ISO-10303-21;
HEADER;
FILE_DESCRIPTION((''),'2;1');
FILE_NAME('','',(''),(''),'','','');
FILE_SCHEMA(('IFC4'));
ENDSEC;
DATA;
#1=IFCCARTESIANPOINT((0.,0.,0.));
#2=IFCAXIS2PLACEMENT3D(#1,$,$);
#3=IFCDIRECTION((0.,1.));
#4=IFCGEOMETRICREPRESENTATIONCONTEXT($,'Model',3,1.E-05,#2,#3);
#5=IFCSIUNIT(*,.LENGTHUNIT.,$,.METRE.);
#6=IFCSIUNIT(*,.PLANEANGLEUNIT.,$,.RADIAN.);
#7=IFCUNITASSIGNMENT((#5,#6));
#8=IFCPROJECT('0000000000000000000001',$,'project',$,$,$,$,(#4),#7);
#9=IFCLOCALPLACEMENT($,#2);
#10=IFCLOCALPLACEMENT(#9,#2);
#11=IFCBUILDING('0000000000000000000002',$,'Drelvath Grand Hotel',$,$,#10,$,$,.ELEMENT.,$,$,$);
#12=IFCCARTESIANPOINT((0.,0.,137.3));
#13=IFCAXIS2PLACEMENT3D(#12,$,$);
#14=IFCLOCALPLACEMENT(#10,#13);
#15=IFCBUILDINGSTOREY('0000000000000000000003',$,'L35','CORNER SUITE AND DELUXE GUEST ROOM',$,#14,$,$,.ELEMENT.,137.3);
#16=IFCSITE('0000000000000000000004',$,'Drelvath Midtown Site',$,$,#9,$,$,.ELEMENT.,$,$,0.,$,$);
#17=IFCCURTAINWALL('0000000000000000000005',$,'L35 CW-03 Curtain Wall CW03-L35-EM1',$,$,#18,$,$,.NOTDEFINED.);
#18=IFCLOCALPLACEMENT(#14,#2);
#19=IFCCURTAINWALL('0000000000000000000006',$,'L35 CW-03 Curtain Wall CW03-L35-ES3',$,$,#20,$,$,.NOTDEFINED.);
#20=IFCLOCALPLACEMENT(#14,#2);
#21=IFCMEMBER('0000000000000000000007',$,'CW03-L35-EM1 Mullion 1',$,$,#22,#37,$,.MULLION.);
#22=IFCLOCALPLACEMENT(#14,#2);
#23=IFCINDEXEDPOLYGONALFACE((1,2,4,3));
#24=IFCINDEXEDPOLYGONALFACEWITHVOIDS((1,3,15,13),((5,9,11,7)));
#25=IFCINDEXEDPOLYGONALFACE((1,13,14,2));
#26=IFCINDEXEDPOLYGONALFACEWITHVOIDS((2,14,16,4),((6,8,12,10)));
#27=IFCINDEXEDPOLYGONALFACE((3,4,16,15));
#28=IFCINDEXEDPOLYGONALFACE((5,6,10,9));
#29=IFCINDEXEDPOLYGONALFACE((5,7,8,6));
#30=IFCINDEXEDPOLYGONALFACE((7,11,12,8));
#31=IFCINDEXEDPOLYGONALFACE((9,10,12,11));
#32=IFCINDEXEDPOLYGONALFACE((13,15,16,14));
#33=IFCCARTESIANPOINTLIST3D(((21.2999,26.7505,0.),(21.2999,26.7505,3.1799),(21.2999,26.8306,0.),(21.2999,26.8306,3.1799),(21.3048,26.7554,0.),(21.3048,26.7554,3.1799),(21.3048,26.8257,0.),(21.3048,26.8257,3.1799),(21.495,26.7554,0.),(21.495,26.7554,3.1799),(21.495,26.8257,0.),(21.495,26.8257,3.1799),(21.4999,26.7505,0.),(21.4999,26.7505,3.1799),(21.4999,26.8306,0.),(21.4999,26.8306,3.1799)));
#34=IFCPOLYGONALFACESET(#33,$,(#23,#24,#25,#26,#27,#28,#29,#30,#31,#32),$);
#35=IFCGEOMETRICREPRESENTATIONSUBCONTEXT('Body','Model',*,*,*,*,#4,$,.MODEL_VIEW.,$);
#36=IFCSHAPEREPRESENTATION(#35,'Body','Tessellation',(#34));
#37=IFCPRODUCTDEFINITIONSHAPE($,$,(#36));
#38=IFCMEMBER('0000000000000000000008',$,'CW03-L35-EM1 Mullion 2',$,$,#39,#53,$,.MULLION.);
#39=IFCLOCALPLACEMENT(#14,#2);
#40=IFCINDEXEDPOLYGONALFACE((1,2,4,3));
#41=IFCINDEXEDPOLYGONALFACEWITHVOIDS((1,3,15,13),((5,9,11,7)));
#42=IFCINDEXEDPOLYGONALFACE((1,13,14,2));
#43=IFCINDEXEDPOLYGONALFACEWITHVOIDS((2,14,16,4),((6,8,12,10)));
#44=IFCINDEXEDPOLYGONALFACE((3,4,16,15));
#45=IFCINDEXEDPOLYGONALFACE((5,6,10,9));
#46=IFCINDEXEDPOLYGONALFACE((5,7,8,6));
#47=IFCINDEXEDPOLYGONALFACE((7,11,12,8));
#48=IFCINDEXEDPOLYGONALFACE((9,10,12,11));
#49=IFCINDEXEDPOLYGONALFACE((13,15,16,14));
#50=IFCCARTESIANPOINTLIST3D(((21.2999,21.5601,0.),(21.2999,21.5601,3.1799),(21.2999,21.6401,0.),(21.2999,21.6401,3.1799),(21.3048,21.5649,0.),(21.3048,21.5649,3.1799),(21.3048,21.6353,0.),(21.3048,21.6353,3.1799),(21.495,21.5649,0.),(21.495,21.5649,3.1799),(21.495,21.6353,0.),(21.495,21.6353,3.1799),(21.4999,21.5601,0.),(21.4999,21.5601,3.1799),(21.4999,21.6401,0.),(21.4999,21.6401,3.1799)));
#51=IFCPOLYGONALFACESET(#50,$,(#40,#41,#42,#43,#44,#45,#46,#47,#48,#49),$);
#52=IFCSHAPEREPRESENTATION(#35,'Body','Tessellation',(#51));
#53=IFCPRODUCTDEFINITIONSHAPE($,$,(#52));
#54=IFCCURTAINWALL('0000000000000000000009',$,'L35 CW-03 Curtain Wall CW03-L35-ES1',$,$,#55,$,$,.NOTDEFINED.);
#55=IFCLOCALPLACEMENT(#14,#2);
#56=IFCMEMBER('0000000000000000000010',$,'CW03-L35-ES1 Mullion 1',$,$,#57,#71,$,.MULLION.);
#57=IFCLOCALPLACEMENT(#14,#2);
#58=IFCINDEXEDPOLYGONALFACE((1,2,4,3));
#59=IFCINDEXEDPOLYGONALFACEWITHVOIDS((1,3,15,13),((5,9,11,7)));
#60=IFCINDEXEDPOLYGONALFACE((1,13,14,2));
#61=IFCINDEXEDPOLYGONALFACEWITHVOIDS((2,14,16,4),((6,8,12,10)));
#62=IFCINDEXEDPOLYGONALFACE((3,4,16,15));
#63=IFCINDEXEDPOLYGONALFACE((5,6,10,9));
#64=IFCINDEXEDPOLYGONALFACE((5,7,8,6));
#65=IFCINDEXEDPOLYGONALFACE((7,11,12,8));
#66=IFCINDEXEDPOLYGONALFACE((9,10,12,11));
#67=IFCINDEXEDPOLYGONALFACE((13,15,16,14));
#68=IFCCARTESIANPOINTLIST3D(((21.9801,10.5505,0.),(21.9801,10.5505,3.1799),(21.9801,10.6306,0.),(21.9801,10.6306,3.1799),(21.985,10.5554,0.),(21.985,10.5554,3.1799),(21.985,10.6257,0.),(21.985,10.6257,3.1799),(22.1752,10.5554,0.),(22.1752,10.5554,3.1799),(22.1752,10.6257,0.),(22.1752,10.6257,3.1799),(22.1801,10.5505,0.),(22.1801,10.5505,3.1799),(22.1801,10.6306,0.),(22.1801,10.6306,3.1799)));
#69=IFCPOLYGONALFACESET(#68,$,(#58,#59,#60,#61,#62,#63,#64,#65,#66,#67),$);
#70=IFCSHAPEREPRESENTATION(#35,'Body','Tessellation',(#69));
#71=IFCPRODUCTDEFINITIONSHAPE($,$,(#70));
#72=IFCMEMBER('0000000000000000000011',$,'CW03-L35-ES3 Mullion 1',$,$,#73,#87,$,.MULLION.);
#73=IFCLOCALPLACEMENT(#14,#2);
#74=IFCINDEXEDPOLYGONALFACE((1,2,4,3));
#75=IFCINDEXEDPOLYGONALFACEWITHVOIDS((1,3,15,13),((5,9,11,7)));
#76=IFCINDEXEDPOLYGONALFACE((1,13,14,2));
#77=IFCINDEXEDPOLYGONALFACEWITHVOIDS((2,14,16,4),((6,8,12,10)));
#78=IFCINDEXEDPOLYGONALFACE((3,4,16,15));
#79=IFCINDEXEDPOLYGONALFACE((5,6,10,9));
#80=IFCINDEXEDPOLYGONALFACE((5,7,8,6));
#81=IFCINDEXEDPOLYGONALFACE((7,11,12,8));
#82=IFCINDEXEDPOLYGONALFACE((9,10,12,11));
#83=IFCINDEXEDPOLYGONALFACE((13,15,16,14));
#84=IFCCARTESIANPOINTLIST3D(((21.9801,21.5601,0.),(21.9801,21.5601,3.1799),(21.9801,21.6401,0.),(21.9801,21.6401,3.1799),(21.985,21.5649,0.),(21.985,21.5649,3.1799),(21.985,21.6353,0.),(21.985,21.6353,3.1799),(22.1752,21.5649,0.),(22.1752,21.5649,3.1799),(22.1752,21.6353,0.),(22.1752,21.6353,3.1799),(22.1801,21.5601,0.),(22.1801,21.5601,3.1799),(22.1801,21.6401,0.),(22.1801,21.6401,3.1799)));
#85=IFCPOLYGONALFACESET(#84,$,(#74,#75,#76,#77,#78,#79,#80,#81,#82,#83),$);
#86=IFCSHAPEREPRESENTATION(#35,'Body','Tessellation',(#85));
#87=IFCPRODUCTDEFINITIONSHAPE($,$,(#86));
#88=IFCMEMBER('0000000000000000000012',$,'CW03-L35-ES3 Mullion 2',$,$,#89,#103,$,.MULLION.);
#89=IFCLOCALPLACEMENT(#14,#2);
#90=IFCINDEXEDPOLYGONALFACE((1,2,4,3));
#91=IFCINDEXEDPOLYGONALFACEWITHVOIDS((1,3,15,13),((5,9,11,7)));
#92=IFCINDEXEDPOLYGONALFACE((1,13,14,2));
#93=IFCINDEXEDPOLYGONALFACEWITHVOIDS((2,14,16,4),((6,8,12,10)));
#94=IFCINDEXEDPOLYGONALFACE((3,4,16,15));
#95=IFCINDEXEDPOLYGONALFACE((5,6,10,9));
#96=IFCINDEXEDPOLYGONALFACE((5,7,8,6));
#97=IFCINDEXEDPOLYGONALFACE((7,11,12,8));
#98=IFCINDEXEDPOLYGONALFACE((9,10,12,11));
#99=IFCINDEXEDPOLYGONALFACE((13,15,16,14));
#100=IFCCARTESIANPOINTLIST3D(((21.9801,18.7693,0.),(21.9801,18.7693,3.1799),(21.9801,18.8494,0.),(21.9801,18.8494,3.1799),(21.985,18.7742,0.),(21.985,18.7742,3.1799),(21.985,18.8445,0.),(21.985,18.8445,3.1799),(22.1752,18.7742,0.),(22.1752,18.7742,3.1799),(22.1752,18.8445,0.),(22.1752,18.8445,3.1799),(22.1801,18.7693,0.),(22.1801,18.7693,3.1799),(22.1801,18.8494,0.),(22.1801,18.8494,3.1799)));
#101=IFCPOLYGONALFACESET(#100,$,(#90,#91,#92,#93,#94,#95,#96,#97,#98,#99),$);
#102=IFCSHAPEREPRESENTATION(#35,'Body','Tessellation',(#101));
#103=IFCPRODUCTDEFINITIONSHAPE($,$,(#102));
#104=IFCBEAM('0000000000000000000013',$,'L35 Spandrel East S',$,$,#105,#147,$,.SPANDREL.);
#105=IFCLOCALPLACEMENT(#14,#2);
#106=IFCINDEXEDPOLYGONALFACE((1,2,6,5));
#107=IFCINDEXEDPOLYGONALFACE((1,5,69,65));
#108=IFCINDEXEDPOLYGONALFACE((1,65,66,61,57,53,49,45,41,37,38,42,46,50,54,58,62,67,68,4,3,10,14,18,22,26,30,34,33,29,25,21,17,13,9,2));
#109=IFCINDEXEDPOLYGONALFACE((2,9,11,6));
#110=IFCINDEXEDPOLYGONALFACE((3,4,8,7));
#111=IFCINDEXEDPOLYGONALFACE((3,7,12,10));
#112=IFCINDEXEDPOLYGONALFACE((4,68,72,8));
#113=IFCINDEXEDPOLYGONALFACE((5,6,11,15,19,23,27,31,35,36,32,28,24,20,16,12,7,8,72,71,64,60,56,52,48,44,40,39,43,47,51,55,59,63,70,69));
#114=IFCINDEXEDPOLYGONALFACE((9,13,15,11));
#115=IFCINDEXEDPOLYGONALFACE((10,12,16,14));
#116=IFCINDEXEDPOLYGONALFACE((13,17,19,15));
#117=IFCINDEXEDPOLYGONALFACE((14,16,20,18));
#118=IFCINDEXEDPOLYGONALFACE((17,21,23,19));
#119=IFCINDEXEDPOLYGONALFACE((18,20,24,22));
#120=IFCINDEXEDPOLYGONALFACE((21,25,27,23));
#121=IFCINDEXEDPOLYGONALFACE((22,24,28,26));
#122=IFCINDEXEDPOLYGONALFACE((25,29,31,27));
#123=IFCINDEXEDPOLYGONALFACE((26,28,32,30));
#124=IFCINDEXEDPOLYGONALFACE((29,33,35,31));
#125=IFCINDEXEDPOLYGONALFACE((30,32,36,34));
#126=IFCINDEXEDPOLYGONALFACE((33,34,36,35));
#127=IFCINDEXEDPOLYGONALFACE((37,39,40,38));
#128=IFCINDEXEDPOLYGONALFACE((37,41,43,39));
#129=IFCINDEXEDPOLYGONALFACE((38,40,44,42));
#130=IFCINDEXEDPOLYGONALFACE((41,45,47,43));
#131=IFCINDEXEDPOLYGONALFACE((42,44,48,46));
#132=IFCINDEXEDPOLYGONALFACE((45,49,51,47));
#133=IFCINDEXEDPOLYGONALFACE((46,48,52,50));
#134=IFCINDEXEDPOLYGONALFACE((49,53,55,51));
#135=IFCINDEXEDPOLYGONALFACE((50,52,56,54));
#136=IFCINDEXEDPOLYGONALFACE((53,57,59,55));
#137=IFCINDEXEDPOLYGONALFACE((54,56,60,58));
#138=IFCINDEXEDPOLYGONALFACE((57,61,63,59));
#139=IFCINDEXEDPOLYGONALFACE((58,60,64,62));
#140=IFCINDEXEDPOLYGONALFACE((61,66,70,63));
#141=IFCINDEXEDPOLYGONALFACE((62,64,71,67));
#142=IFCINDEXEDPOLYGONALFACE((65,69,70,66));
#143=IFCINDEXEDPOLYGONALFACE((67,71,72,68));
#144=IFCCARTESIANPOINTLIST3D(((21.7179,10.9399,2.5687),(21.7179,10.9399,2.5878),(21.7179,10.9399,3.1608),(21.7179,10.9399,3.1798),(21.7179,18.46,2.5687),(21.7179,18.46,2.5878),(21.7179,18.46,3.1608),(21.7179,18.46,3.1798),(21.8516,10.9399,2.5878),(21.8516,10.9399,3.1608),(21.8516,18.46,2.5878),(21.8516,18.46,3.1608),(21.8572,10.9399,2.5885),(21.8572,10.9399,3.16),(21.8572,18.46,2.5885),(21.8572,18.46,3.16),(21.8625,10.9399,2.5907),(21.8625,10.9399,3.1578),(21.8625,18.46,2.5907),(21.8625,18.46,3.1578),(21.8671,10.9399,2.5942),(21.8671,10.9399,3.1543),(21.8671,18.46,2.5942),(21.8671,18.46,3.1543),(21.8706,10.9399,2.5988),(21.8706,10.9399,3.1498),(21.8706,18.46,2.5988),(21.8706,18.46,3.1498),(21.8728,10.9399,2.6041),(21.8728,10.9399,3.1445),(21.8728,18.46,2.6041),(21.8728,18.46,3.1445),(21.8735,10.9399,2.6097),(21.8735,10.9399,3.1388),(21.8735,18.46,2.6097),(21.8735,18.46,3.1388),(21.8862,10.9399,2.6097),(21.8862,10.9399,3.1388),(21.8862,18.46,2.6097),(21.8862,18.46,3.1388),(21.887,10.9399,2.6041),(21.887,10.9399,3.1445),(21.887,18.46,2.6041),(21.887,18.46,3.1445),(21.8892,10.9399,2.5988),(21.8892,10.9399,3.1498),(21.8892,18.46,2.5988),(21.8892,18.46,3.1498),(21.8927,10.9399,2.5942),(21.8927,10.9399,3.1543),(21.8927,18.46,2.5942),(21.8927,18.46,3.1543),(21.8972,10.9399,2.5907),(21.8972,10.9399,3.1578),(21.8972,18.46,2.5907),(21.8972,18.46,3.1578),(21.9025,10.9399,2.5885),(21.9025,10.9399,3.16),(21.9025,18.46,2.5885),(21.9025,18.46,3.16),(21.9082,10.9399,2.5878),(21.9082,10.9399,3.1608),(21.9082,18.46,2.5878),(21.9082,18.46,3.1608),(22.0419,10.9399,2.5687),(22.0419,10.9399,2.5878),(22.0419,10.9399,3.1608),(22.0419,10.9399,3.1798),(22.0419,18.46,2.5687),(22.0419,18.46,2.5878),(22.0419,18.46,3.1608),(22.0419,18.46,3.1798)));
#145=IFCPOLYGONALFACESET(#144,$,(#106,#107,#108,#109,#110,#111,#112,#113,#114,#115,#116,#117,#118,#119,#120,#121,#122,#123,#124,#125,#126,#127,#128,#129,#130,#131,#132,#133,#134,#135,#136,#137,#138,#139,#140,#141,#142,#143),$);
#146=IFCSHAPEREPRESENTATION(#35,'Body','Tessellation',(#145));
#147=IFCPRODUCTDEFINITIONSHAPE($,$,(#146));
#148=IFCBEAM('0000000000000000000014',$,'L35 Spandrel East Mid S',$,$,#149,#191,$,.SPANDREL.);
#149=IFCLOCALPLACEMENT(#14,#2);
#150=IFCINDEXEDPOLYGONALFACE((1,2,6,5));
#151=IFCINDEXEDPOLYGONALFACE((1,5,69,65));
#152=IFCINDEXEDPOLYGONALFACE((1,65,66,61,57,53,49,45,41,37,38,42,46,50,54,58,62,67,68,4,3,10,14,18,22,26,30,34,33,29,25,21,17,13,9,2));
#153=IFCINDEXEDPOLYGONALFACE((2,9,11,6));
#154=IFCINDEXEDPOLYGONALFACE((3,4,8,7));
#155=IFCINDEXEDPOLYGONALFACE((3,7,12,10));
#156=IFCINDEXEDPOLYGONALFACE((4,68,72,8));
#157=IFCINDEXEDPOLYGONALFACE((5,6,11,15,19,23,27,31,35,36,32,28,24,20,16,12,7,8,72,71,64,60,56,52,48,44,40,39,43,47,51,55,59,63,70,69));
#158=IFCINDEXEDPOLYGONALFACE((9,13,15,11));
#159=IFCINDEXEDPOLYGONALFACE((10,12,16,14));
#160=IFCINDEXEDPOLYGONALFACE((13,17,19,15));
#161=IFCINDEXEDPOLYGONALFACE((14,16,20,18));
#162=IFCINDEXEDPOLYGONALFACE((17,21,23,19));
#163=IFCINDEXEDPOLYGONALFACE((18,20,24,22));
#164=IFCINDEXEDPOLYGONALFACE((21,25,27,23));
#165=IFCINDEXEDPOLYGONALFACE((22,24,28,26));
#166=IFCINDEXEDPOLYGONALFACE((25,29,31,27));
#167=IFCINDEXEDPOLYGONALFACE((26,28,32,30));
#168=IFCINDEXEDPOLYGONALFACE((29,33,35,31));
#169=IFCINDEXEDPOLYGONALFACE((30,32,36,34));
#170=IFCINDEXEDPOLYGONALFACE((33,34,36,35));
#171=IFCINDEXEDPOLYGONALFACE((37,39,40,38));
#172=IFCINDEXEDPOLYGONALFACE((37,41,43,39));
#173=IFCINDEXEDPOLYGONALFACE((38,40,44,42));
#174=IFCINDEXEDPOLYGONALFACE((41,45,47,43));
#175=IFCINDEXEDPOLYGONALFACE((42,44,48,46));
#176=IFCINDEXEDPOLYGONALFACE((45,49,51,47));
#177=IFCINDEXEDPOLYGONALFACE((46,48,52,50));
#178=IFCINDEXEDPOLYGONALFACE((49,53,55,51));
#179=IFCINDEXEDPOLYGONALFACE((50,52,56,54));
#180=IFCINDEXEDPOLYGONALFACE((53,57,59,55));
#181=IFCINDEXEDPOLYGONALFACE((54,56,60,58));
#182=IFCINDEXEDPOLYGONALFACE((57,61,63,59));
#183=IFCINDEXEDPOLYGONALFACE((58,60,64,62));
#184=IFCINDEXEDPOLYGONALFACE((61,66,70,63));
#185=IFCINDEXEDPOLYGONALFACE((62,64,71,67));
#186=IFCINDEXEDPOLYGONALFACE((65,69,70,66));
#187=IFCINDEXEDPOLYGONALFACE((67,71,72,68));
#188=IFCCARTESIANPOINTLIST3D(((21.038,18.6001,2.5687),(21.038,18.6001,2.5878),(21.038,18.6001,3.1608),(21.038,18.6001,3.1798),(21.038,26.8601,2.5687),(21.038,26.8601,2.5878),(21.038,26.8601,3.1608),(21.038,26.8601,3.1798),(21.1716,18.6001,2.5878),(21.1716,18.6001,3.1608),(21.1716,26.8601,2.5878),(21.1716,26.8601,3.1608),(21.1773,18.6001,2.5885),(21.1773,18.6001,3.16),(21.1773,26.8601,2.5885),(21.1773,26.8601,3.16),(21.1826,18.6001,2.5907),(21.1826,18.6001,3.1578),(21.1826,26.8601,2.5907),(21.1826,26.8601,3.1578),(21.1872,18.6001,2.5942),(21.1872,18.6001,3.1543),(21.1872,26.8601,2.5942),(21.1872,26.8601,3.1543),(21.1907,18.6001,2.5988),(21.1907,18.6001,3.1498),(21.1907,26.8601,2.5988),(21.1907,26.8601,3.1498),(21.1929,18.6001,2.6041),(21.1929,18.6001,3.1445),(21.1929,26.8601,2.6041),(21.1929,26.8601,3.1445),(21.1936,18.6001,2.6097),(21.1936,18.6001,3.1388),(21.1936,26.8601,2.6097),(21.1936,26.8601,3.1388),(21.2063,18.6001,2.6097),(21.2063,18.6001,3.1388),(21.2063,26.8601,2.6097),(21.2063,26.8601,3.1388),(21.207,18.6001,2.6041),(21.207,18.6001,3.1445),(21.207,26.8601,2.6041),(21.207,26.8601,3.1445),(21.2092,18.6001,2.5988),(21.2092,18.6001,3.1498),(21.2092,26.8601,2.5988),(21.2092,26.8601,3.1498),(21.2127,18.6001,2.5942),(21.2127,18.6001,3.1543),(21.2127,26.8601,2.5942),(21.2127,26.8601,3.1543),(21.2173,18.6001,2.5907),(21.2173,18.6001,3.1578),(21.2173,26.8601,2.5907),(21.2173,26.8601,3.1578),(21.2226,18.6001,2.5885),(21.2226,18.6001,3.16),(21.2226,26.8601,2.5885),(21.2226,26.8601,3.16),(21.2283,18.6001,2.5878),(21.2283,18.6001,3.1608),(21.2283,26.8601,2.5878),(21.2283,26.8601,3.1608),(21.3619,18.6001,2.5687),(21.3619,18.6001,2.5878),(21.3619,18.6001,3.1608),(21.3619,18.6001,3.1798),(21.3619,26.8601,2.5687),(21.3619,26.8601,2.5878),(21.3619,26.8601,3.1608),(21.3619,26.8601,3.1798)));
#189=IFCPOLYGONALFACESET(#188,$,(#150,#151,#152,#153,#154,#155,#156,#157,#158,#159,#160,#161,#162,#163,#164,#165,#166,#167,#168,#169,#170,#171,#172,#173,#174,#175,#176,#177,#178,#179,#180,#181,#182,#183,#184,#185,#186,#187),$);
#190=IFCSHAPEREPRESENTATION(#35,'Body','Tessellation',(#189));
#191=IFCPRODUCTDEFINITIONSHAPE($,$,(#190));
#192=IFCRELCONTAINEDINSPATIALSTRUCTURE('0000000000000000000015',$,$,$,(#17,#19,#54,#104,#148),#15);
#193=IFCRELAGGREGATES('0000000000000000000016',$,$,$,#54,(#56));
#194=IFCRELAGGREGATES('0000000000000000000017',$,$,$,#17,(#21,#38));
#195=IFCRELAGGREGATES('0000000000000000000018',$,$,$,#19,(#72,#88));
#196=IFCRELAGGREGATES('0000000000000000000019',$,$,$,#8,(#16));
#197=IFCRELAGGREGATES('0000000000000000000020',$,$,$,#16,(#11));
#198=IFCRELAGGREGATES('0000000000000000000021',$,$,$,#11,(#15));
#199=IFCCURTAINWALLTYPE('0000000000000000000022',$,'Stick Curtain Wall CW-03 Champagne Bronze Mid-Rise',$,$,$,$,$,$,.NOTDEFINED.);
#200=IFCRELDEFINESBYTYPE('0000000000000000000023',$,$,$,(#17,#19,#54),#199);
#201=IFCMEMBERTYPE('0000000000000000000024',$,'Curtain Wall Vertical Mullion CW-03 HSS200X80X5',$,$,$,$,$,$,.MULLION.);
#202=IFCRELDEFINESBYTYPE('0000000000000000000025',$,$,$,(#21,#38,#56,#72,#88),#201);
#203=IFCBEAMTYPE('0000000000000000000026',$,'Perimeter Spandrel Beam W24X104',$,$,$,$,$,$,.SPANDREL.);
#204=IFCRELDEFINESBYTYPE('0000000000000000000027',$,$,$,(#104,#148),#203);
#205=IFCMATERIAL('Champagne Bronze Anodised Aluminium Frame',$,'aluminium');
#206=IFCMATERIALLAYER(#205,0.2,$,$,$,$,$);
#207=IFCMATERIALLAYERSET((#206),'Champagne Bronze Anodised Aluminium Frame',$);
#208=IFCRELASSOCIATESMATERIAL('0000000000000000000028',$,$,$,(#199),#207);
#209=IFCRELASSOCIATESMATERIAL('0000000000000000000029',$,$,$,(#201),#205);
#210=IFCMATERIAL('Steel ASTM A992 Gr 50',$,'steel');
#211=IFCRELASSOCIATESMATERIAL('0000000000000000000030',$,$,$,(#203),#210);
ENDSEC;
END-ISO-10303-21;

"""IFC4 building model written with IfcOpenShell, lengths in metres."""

from ifc_helpers import new_model, si_unit, direction, frame, origin, origin_2d, place, context, subcontext, project, spatial, hollow_rectangle, i_section, extrude, material, layer, layer_set, material_profile, profile_set, type_object, element, aggregate, save


model = new_model("IFC4")

# Units and contexts
model_context = context("Model", 3, precision=1e-05, world=origin(), true_north=direction((0.0, 1.0)))
body_context = subcontext(model_context, "Body", "Model", "MODEL_VIEW")
ifc_project = project(units=[si_unit("LENGTHUNIT", "METRE"), si_unit("PLANEANGLEUNIT", "RADIAN")], contexts=[model_context])

# Site, building, storey
site_placement = place(None, origin())
site = spatial("IfcSite", under=ifc_project, at=site_placement, Name="Drelvath Midtown Site", CompositionType="ELEMENT", RefElevation=0.0)
building_placement = place(site_placement, origin())
building = spatial("IfcBuilding", under=site, at=building_placement, Name="Drelvath Grand Hotel", CompositionType="ELEMENT")
storey_placement = place(building_placement, frame((0.0, 0.0, 137.3)))
storey = spatial("IfcBuildingStorey", under=building, at=storey_placement, Name="L35", Description="CORNER SUITE AND DELUXE GUEST ROOM", CompositionType="ELEMENT", Elevation=137.3)

# Shared definitions
ifc_material_1 = material(Name="Steel ASTM A992 Gr 50", Category="steel")

# Curtain walls
ifc_material_2 = material(Name="Champagne Bronze Anodised Aluminium Frame", Category="aluminium")
ifc_layer_1 = layer(ifc_material_2, 0.2)
ifc_layer_set_1 = layer_set([ifc_layer_1], Name="Champagne Bronze Anodised Aluminium Frame")
curtain_wall_type = type_object("IfcCurtainWallType", Name="Stick Curtain Wall CW-03 Champagne Bronze Mid-Rise", PredefinedType="NOTDEFINED", material=ifc_layer_set_1)
curtain_wall_1_placement = place(storey_placement, origin())
curtain_wall_1 = element("IfcCurtainWall", 1, at=curtain_wall_1_placement, inside=storey, type_object=curtain_wall_type, Name="L35 CW-03 Curtain Wall CW03-L35-EM1", PredefinedType="NOTDEFINED")
curtain_wall_2_placement = place(storey_placement, origin())
curtain_wall_2 = element("IfcCurtainWall", 2, at=curtain_wall_2_placement, inside=storey, type_object=curtain_wall_type, Name="L35 CW-03 Curtain Wall CW03-L35-ES3", PredefinedType="NOTDEFINED")

# Members
ifc_material_profile_1 = material_profile(ifc_material_2, hollow_rectangle(XDim=0.0801, YDim=0.2, WallThickness=0.0049, at=origin_2d()), Name="HSS200X80X5")
ifc_profile_set_1 = profile_set([ifc_material_profile_1], Name="Champagne Bronze Anodised Aluminium Frame")
member_type_1 = type_object("IfcMemberType", Name="Curtain Wall Vertical Mullion CW-03 HSS200X80X5", PredefinedType="MULLION", material=ifc_profile_set_1)
member_1_placement = place(storey_placement, frame((21.3999, 26.7905, 0.0), z_axis=(0.0, 0.0, 1.0), x_axis=(0.0, 1.0, 0.0)))
member_1 = element("IfcMember", 3, at=member_1_placement, type_object=member_type_1, Name="CW03-L35-EM1 Mullion 1", PredefinedType="MULLION", context=body_context, shape_type="SweptSolid", body=[
    extrude(hollow_rectangle(XDim=0.0801, YDim=0.2, WallThickness=0.0049, at=origin_2d()), origin(), (0.0, 0.0, 1.0), 3.1799),
])
member_2_placement = place(storey_placement, frame((21.3999, 21.6001, 0.0), z_axis=(0.0, 0.0, 1.0), x_axis=(0.0, 1.0, 0.0)))
member_2 = element("IfcMember", 4, at=member_2_placement, type_object=member_type_1, Name="CW03-L35-EM1 Mullion 2", PredefinedType="MULLION", context=body_context, shape_type="SweptSolid", body=[
    extrude(hollow_rectangle(XDim=0.0801, YDim=0.2, WallThickness=0.0049, at=origin_2d()), origin(), (0.0, 0.0, 1.0), 3.1799),
])

# Curtain wall, member
curtain_wall_3_placement = place(storey_placement, origin())
curtain_wall_3 = element("IfcCurtainWall", 5, at=curtain_wall_3_placement, inside=storey, type_object=curtain_wall_type, Name="L35 CW-03 Curtain Wall CW03-L35-ES1", PredefinedType="NOTDEFINED")
member_3_placement = place(storey_placement, frame((22.0801, 10.5906, 0.0), z_axis=(0.0, 0.0, 1.0), x_axis=(0.0, 1.0, 0.0)))
member_3 = element("IfcMember", 6, at=member_3_placement, type_object=member_type_1, Name="CW03-L35-ES1 Mullion 1", PredefinedType="MULLION", context=body_context, shape_type="SweptSolid", body=[
    extrude(hollow_rectangle(XDim=0.0801, YDim=0.2, WallThickness=0.0049, at=origin_2d()), origin(), (0.0, 0.0, 1.0), 3.1799),
])
aggregate(curtain_wall_3, [member_3])

# Members
member_4_placement = place(storey_placement, frame((22.0801, 21.6001, 0.0), z_axis=(0.0, 0.0, 1.0), x_axis=(0.0, 1.0, 0.0)))
member_4 = element("IfcMember", 7, at=member_4_placement, type_object=member_type_1, Name="CW03-L35-ES3 Mullion 1", PredefinedType="MULLION", context=body_context, shape_type="SweptSolid", body=[
    extrude(hollow_rectangle(XDim=0.0801, YDim=0.2, WallThickness=0.0049, at=origin_2d()), origin(), (0.0, 0.0, 1.0), 3.1799),
])
member_5_placement = place(storey_placement, frame((22.0801, 18.8093, 0.0), z_axis=(0.0, 0.0, 1.0), x_axis=(0.0, 1.0, 0.0)))
member_5 = element("IfcMember", 8, at=member_5_placement, type_object=member_type_1, Name="CW03-L35-ES3 Mullion 2", PredefinedType="MULLION", context=body_context, shape_type="SweptSolid", body=[
    extrude(hollow_rectangle(XDim=0.0801, YDim=0.2, WallThickness=0.0049, at=origin_2d()), origin(), (0.0, 0.0, 1.0), 3.1799),
])

# Beams
ifc_material_profile_2 = material_profile(ifc_material_1, i_section(OverallWidth=0.324, OverallDepth=0.6111, WebThickness=0.0127, FlangeThickness=0.019, FilletRadius=0.022, at=origin_2d()), Name="W24X104")
ifc_profile_set_2 = profile_set([ifc_material_profile_2], Name="Steel ASTM A992 Gr 50")
beam_type_1 = type_object("IfcBeamType", Name="Perimeter Spandrel Beam W24X104", PredefinedType="SPANDREL", material=ifc_profile_set_2)
beam_1_placement = place(storey_placement, frame((21.8799, 10.9399, 2.8743), z_axis=(0.0, 1.0, 0.0), x_axis=(-1.0, 0.0, 0.0)))
element("IfcBeam", 9, at=beam_1_placement, inside=storey, type_object=beam_type_1, Name="L35 Spandrel East S", PredefinedType="SPANDREL", context=body_context, shape_type="SweptSolid", body=[
    extrude(i_section(OverallWidth=0.324, OverallDepth=0.6111, WebThickness=0.0127, FlangeThickness=0.019, FilletRadius=0.022, at=origin_2d()), origin(), (0.0, 0.0, 1.0), 7.52),
])
beam_2_placement = place(storey_placement, frame((21.2, 18.6001, 2.8743), z_axis=(0.0, 1.0, 0.0), x_axis=(-1.0, 0.0, 0.0)))
element("IfcBeam", 10, at=beam_2_placement, inside=storey, type_object=beam_type_1, Name="L35 Spandrel East Mid S", PredefinedType="SPANDREL", context=body_context, shape_type="SweptSolid", body=[
    extrude(i_section(OverallWidth=0.324, OverallDepth=0.6111, WebThickness=0.0127, FlangeThickness=0.019, FilletRadius=0.022, at=origin_2d()), origin(), (0.0, 0.0, 1.0), 8.26),
])

aggregate(curtain_wall_1, [member_1, member_2])
aggregate(curtain_wall_2, [member_4, member_5])

save(model, "model.ifc")
